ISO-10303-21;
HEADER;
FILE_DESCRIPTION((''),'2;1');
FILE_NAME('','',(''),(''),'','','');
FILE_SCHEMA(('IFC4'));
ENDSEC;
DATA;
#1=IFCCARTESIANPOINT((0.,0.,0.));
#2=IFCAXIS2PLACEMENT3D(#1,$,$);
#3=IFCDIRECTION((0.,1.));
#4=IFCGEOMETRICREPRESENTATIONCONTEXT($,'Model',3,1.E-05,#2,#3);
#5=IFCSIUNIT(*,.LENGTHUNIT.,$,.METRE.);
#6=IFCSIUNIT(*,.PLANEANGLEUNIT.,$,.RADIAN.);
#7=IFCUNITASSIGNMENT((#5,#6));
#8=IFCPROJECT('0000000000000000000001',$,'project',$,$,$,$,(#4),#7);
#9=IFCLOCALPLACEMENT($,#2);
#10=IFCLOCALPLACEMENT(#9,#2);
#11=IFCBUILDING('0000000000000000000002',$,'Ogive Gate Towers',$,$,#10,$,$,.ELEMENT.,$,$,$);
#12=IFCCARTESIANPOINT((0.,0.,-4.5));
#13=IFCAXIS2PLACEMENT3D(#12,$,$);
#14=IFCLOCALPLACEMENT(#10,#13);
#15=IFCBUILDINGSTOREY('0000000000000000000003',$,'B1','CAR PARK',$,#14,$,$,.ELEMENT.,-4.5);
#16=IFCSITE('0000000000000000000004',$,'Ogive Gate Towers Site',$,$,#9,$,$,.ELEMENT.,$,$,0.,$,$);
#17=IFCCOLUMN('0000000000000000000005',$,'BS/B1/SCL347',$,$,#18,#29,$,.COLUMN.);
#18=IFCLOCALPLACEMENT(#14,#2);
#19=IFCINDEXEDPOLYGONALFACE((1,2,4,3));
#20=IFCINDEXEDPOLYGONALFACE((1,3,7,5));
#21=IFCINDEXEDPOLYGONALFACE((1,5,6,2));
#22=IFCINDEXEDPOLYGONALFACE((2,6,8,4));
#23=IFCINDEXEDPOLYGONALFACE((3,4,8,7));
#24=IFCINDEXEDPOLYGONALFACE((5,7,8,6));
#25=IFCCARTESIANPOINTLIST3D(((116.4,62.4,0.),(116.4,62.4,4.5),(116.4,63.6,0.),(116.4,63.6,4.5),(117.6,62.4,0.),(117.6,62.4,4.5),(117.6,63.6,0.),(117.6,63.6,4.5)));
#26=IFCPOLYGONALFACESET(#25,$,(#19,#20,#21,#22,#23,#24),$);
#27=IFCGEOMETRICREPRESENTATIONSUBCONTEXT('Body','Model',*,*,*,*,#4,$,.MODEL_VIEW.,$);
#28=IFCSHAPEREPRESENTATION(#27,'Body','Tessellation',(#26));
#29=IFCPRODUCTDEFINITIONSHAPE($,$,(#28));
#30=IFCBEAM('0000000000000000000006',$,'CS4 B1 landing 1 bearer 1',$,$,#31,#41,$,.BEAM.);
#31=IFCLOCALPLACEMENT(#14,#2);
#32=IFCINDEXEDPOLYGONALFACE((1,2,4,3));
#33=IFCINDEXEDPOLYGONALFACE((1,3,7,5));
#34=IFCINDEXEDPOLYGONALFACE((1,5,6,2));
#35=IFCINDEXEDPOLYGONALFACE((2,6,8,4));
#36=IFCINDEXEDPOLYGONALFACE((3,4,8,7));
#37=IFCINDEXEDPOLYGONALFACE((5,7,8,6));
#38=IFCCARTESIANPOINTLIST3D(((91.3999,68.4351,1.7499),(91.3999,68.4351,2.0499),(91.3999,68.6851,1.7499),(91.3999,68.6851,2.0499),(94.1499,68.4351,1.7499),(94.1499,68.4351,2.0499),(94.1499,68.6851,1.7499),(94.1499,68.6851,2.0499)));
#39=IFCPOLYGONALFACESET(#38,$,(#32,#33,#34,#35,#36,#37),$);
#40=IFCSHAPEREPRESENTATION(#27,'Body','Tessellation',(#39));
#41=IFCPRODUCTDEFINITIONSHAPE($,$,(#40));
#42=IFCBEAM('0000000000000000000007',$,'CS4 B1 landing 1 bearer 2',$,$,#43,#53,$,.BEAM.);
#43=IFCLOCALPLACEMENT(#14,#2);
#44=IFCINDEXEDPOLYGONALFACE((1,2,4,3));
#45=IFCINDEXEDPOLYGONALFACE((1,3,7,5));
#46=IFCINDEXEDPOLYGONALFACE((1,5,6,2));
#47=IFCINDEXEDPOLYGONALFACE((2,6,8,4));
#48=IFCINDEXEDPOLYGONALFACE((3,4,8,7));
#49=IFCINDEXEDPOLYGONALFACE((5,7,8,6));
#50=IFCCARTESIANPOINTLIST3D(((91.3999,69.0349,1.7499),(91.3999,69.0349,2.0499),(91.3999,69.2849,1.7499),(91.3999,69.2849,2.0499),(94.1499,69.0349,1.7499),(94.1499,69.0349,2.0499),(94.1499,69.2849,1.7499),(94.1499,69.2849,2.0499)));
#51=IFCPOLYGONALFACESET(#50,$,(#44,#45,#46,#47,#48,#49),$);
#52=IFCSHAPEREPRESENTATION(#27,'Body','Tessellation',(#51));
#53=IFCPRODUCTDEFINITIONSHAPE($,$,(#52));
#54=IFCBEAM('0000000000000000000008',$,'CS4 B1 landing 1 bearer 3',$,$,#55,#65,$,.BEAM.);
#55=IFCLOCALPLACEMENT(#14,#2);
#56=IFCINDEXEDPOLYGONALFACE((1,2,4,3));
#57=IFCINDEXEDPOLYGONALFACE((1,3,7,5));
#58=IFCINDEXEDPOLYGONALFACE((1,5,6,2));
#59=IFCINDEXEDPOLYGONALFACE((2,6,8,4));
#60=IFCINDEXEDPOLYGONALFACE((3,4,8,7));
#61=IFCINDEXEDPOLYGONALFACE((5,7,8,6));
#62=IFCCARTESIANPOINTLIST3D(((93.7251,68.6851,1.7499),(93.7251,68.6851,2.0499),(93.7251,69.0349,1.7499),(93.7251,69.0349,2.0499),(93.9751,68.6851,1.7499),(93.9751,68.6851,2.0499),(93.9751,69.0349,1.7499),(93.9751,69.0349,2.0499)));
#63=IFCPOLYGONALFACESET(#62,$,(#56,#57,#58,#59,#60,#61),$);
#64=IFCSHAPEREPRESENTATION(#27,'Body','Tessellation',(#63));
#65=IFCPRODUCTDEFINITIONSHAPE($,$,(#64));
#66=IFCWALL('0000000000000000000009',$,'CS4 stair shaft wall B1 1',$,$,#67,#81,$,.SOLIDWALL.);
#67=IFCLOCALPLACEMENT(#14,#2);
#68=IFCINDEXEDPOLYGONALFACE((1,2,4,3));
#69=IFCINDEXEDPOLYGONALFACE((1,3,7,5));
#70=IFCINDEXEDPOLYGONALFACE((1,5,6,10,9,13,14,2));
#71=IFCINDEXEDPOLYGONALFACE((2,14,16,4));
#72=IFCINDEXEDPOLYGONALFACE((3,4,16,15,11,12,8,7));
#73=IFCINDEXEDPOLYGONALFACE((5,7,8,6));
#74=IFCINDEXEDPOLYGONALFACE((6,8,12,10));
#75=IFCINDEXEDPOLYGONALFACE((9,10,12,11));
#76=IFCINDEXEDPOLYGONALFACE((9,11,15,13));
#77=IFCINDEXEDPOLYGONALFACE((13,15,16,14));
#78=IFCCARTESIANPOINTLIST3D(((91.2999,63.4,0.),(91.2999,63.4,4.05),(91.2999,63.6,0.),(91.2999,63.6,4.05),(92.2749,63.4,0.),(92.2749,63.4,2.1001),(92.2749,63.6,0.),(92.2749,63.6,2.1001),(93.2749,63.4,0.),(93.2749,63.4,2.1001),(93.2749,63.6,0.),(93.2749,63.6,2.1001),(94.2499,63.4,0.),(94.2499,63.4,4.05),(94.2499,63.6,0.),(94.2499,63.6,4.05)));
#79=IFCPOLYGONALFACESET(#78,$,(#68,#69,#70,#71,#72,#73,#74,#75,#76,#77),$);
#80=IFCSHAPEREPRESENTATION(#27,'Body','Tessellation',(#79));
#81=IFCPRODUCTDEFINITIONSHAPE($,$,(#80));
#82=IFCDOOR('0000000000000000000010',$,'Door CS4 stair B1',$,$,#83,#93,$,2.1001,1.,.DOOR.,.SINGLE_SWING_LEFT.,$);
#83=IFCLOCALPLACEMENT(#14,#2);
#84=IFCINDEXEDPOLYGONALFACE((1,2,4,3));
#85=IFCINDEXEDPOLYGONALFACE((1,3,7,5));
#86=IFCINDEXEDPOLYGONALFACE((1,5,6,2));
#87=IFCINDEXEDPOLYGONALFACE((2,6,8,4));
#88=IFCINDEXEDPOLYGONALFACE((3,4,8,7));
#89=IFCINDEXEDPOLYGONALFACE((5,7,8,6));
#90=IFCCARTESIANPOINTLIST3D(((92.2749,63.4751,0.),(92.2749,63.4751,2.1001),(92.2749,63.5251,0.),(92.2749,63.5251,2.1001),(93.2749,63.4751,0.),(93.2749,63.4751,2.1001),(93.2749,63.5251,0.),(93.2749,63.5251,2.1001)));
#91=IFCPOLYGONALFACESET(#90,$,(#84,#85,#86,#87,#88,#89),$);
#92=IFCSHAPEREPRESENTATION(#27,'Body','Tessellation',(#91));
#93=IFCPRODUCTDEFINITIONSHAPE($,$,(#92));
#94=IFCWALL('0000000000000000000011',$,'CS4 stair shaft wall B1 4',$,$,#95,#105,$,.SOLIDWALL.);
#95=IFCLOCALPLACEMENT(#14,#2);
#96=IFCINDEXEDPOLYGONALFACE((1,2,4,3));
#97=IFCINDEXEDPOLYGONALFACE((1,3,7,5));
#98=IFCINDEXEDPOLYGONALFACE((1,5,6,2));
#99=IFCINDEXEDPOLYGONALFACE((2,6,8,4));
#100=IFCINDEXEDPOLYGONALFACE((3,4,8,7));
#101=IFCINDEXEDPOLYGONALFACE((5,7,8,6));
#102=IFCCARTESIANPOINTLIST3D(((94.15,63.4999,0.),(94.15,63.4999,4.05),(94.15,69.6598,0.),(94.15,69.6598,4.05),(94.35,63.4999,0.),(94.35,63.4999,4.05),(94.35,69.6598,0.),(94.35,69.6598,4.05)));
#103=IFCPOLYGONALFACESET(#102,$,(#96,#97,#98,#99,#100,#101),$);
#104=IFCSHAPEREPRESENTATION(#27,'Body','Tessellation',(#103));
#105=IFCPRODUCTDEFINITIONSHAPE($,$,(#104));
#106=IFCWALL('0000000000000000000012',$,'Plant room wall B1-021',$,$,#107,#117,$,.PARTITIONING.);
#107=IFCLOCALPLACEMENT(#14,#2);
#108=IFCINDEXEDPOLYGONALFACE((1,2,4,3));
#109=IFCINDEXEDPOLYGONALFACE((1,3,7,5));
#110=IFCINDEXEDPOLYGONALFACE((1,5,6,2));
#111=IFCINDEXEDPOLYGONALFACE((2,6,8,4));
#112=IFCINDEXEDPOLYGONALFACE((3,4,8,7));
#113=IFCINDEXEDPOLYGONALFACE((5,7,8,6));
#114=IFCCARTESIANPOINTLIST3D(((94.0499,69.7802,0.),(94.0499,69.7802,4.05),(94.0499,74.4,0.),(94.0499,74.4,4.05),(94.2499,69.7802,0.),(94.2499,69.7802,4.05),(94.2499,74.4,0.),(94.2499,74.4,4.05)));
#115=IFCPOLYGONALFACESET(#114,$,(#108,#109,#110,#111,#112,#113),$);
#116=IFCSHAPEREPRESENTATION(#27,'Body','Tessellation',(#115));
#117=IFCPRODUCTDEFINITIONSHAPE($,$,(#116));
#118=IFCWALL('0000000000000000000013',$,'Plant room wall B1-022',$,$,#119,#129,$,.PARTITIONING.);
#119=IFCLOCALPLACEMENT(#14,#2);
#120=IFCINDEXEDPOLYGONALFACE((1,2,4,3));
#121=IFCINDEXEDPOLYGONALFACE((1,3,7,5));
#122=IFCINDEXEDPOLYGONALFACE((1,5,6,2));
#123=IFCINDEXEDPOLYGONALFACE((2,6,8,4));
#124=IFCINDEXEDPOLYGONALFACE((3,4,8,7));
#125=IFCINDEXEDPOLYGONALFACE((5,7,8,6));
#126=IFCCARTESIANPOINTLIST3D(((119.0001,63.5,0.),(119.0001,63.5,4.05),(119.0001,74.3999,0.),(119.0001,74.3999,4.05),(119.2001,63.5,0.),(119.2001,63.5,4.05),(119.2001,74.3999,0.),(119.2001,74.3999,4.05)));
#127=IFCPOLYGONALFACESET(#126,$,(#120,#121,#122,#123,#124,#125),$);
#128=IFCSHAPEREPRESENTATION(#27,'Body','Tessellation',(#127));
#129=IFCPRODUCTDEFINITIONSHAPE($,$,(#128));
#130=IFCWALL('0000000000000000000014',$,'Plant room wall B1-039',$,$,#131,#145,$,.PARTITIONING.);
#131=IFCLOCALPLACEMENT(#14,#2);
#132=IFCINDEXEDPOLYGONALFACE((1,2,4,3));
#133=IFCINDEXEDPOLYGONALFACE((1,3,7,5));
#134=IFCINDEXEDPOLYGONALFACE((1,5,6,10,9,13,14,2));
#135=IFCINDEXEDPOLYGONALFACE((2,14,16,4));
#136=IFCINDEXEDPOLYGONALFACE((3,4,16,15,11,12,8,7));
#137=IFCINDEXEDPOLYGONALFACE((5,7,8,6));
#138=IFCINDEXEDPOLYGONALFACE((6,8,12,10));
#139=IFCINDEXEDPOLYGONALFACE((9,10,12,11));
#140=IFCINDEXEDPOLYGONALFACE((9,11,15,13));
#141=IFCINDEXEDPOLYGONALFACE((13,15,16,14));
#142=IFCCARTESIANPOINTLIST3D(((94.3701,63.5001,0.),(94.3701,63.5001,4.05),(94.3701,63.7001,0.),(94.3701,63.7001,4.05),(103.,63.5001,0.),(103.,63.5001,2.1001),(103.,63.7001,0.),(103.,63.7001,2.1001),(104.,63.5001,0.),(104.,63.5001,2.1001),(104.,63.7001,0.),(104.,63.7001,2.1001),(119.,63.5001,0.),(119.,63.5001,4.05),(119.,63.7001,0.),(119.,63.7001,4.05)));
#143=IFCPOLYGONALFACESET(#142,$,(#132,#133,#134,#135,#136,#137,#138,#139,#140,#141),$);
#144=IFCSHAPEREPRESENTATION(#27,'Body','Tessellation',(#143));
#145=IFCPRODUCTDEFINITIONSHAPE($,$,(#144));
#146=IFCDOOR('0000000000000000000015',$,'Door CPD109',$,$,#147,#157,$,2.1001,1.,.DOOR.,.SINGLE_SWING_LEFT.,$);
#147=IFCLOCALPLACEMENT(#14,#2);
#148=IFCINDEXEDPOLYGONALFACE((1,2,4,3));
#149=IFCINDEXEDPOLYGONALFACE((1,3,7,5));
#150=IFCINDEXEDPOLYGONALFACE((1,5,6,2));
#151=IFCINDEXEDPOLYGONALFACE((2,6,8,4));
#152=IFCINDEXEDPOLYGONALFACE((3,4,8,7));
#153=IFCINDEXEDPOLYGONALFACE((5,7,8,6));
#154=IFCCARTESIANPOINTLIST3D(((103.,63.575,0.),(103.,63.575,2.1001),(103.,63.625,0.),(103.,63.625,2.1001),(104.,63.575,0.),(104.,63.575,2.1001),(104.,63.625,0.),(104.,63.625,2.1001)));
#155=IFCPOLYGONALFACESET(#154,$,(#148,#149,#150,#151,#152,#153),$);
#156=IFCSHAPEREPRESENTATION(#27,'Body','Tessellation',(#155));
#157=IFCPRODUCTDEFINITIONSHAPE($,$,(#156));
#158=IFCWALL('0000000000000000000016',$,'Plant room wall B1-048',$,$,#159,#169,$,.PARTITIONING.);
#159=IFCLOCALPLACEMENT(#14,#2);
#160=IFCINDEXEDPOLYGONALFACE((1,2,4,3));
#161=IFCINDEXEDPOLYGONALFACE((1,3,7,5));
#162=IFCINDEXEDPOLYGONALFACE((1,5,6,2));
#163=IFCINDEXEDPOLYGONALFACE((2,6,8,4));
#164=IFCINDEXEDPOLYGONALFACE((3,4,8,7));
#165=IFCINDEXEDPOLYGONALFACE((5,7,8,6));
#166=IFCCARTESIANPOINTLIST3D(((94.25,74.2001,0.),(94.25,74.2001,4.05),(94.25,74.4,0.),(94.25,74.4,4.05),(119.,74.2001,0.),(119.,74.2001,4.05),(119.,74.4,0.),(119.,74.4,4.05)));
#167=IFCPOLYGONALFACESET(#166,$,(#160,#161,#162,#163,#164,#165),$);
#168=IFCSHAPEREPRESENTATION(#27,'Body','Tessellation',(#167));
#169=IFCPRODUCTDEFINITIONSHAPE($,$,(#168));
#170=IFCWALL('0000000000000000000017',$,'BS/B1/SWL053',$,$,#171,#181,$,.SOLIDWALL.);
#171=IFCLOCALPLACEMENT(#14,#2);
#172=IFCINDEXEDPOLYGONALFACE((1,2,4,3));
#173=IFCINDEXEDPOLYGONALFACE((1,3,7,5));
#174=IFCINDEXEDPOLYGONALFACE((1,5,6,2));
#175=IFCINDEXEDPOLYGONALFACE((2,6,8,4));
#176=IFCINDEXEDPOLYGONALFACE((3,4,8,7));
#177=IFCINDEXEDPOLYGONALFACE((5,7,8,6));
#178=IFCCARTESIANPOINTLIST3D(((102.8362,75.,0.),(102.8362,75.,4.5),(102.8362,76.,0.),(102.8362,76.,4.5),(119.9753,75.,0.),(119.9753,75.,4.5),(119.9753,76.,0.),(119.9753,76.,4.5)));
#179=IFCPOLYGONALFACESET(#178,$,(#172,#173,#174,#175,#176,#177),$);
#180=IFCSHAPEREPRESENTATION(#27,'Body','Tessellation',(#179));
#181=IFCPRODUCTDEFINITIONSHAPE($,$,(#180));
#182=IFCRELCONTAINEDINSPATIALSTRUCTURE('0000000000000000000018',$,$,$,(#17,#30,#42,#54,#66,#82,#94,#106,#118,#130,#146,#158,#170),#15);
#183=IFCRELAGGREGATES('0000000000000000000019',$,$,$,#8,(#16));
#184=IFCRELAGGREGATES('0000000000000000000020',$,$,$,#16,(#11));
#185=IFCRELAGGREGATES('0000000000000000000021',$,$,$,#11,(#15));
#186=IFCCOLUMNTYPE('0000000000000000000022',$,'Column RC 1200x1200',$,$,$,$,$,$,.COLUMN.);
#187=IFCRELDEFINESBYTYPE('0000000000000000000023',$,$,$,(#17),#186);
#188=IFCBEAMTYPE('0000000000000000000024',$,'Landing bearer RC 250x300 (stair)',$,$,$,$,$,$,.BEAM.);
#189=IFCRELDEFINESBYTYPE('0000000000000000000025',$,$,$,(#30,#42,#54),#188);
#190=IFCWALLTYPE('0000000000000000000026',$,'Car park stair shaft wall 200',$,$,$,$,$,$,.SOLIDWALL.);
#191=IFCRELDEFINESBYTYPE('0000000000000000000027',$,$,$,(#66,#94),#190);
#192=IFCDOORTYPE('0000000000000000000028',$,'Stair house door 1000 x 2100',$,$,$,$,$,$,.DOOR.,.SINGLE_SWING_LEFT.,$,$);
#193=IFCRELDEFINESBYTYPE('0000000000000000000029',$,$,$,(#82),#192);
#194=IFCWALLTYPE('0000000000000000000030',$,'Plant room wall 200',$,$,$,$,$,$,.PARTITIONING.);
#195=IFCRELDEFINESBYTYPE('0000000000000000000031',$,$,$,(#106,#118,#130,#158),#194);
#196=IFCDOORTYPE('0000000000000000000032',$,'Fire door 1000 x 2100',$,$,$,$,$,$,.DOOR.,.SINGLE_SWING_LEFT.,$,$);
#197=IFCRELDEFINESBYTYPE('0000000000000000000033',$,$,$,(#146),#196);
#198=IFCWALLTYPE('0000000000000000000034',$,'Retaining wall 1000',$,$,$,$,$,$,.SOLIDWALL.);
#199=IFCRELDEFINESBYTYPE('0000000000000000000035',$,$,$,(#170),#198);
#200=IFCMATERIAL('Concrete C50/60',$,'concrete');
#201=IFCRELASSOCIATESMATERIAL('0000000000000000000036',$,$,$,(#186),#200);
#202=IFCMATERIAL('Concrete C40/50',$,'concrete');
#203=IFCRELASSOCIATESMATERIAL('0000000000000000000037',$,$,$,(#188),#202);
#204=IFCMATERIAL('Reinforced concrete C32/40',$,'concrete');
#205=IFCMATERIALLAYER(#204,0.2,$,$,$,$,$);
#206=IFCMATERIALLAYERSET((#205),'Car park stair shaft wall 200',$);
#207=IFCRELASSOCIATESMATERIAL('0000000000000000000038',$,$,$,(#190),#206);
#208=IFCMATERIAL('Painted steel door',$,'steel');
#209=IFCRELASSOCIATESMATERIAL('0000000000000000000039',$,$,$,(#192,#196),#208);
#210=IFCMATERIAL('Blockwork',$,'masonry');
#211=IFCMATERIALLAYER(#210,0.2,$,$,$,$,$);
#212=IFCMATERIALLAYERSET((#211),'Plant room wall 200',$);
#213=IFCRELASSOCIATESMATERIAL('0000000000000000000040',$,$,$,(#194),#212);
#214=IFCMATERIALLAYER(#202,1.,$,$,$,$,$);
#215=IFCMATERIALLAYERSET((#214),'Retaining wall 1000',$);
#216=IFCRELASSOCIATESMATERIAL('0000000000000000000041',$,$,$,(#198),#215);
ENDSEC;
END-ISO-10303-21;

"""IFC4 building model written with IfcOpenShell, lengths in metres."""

from ifc_helpers import new_model, si_unit, direction, frame, frame_2d, origin, origin_2d, place, context, subcontext, project, spatial, rectangle, extrude, material, layer, layer_set, material_profile, profile_set, type_object, element, fill, save


model = new_model("IFC4")

# Units and contexts
model_context = context("Model", 3, precision=1e-05, world=origin(), true_north=direction((0.0, 1.0)))
body_context = subcontext(model_context, "Body", "Model", "MODEL_VIEW")
ifc_project = project(units=[si_unit("LENGTHUNIT", "METRE"), si_unit("PLANEANGLEUNIT", "RADIAN")], contexts=[model_context])

# Site, building, storey
site_placement = place(None, origin())
site = spatial("IfcSite", under=ifc_project, at=site_placement, Name="Ogive Gate Towers Site", CompositionType="ELEMENT", RefElevation=0.0)
building_placement = place(site_placement, origin())
building = spatial("IfcBuilding", under=site, at=building_placement, Name="Ogive Gate Towers", CompositionType="ELEMENT")
storey_placement = place(building_placement, frame((0.0, 0.0, -4.5)))
storey = spatial("IfcBuildingStorey", under=building, at=storey_placement, Name="B1", Description="CAR PARK", CompositionType="ELEMENT", Elevation=-4.5)

# Column
ifc_material_1 = material(Name="Concrete C50/60", Category="concrete")
ifc_material_profile_1 = material_profile(ifc_material_1, rectangle(XDim=1.2, YDim=1.2, at=origin_2d()), Name="RC 1200x1200")
ifc_profile_set_1 = profile_set([ifc_material_profile_1], Name="Concrete C50/60")
column_type = type_object("IfcColumnType", Name="Column RC 1200x1200", PredefinedType="COLUMN", material=ifc_profile_set_1)
column_placement = place(storey_placement, frame((117.0, 63.0, 0.0), z_axis=(0.0, 0.0, 1.0), x_axis=(1.0, 0.0, 0.0)))
element("IfcColumn", 1, at=column_placement, inside=storey, type_object=column_type, Name="BS/B1/SCL347", PredefinedType="COLUMN", context=body_context, shape_type="SweptSolid", body=[
    extrude(rectangle(XDim=1.2, YDim=1.2, at=origin_2d()), origin(), (0.0, 0.0, 1.0), 4.5),
])

# Beams
ifc_material_2 = material(Name="Concrete C40/50", Category="concrete")
ifc_material_profile_2 = material_profile(ifc_material_2, rectangle(XDim=0.25, YDim=0.3, at=origin_2d()), Name="RC 250x300")
ifc_profile_set_2 = profile_set([ifc_material_profile_2], Name="Concrete C40/50")
beam_type = type_object("IfcBeamType", Name="Landing bearer RC 250x300 (stair)", PredefinedType="BEAM", material=ifc_profile_set_2)
for number, where, z_axis, x_axis, name in (
    (2, (94.1499, 68.5601, 1.8999), (-1.0, 0.0, 0.0), (0.0, -1.0, 0.0), "CS4 B1 landing 1 bearer 1"),
    (3, (94.1499, 69.1599, 1.8999), (-1.0, 0.0, 0.0), (0.0, -1.0, 0.0), "CS4 B1 landing 1 bearer 2"),
):
    element("IfcBeam", number, at=place(storey_placement, frame(where, z_axis=z_axis, x_axis=x_axis)), inside=storey, type_object=beam_type, Name=name, PredefinedType="BEAM", context=body_context, shape_type="SweptSolid", body=[
        extrude(rectangle(XDim=0.25, YDim=0.3, at=origin_2d()), origin(), (0.0, 0.0, 1.0), 2.75),
    ])
beam_placement = place(storey_placement, frame((93.8501, 68.6851, 1.8999), z_axis=(0.0, 1.0, 0.0), x_axis=(-1.0, 0.0, 0.0)))
element("IfcBeam", 4, at=beam_placement, inside=storey, type_object=beam_type, Name="CS4 B1 landing 1 bearer 3", PredefinedType="BEAM", context=body_context, shape_type="SweptSolid", body=[
    extrude(rectangle(XDim=0.25, YDim=0.3, at=origin_2d()), origin(), (0.0, 0.0, 1.0), 0.3499),
])

# Wall, opening, door
ifc_material_3 = material(Name="Reinforced concrete C32/40", Category="concrete")
ifc_layer_1 = layer(ifc_material_3, 0.2)
ifc_layer_set_1 = layer_set([ifc_layer_1], Name="Car park stair shaft wall 200")
wall_type_1 = type_object("IfcWallType", Name="Car park stair shaft wall 200", PredefinedType="SOLIDWALL", material=ifc_layer_set_1)
wall_1_placement = place(storey_placement, frame((94.25, 63.5, 0.0), z_axis=(0.0, 0.0, 1.0), x_axis=(-1.0, 0.0, 0.0)))
wall_1 = element("IfcWall", 5, at=wall_1_placement, inside=storey, type_object=wall_type_1, Name="CS4 stair shaft wall B1 1", PredefinedType="SOLIDWALL", context=body_context, shape_type="SweptSolid", body=[
    extrude(rectangle(XDim=2.95, YDim=0.2, at=frame_2d((1.4751, 0.0))), origin(), (0.0, 0.0, 1.0), 4.05),
])
opening_1_placement = place(wall_1_placement, frame((0.9751, 0.0, 0.0)))
opening_1 = element("IfcOpeningElement", 6, at=opening_1_placement, cuts=wall_1, PredefinedType="OPENING", context=body_context, shape_type="SweptSolid", body=[
    extrude(rectangle(XDim=1.0, YDim=2.1001, at=frame_2d((0.5, 1.05))), frame((0.0, 0.1099, 0.0), z_axis=(0.0, -1.0, 0.0), x_axis=(1.0, 0.0, 0.0)), (0.0, 0.0, 1.0), 0.22),
])
ifc_material_4 = material(Name="Painted steel door", Category="steel")
door_type_1 = type_object("IfcDoorType", Name="Stair house door 1000 x 2100", OperationType="SINGLE_SWING_LEFT", PredefinedType="DOOR", material=ifc_material_4)
door_1_placement = place(opening_1_placement, origin())
door_1 = element("IfcDoor", 7, at=door_1_placement, inside=storey, type_object=door_type_1, Name="Door CS4 stair B1", OperationType="SINGLE_SWING_LEFT", OverallHeight=2.1001, OverallWidth=1.0, PredefinedType="DOOR", context=body_context, shape_type="SweptSolid", body=[
    extrude(rectangle(XDim=1.0, YDim=2.1001, at=frame_2d((0.5, 1.05))), frame((0.0, 0.0249, 0.0), z_axis=(0.0, -1.0, 0.0), x_axis=(1.0, 0.0, 0.0)), (0.0, 0.0, 1.0), 0.05),
])
fill(opening_1, door_1)

# Walls
wall_2_placement = place(storey_placement, frame((94.25, 69.6599, 0.0), z_axis=(0.0, 0.0, 1.0), x_axis=(0.0, -1.0, 0.0)))
element("IfcWall", 8, at=wall_2_placement, inside=storey, type_object=wall_type_1, Name="CS4 stair shaft wall B1 4", PredefinedType="SOLIDWALL", context=body_context, shape_type="SweptSolid", body=[
    extrude(rectangle(XDim=6.1599, YDim=0.2, at=frame_2d((3.0801, 0.0))), origin(), (0.0, 0.0, 1.0), 4.05),
])
ifc_material_5 = material(Name="Blockwork", Category="masonry")
ifc_layer_2 = layer(ifc_material_5, 0.2)
ifc_layer_set_2 = layer_set([ifc_layer_2], Name="Plant room wall 200")
wall_type_2 = type_object("IfcWallType", Name="Plant room wall 200", PredefinedType="PARTITIONING", material=ifc_layer_set_2)
wall_3_placement = place(storey_placement, frame((94.1499, 69.78, 0.0), z_axis=(0.0, 0.0, 1.0), x_axis=(0.0, 1.0, 0.0)))
element("IfcWall", 9, at=wall_3_placement, inside=storey, type_object=wall_type_2, Name="Plant room wall B1-021", PredefinedType="PARTITIONING", context=body_context, shape_type="SweptSolid", body=[
    extrude(rectangle(XDim=4.6199, YDim=0.2, at=frame_2d((2.3101, 0.0))), origin(), (0.0, 0.0, 1.0), 4.05),
])
wall_4_placement = place(storey_placement, frame((119.1001, 63.5, 0.0), z_axis=(0.0, 0.0, 1.0), x_axis=(0.0, 1.0, 0.0)))
element("IfcWall", 10, at=wall_4_placement, inside=storey, type_object=wall_type_2, Name="Plant room wall B1-022", PredefinedType="PARTITIONING", context=body_context, shape_type="SweptSolid", body=[
    extrude(rectangle(XDim=10.8999, YDim=0.2, at=frame_2d((5.45, 0.0))), origin(), (0.0, 0.0, 1.0), 4.05),
])

# Wall, opening, door
wall_5_placement = place(storey_placement, frame((94.3701, 63.6001, 0.0), z_axis=(0.0, 0.0, 1.0), x_axis=(1.0, 0.0, 0.0)))
wall_5 = element("IfcWall", 11, at=wall_5_placement, inside=storey, type_object=wall_type_2, Name="Plant room wall B1-039", PredefinedType="PARTITIONING", context=body_context, shape_type="SweptSolid", body=[
    extrude(rectangle(XDim=24.6299, YDim=0.2, at=frame_2d((12.3149, 0.0))), origin(), (0.0, 0.0, 1.0), 4.05),
])
opening_2_placement = place(wall_5_placement, frame((8.6299, 0.0, 0.0)))
opening_2 = element("IfcOpeningElement", 12, at=opening_2_placement, cuts=wall_5, PredefinedType="OPENING", context=body_context, shape_type="SweptSolid", body=[
    extrude(rectangle(XDim=1.0, YDim=2.1001, at=frame_2d((0.5, 1.05))), frame((0.0, 0.1099, 0.0), z_axis=(0.0, -1.0, 0.0), x_axis=(1.0, 0.0, 0.0)), (0.0, 0.0, 1.0), 0.22),
])
door_type_2 = type_object("IfcDoorType", Name="Fire door 1000 x 2100", OperationType="SINGLE_SWING_LEFT", PredefinedType="DOOR", material=ifc_material_4)
door_2_placement = place(opening_2_placement, origin())
door_2 = element("IfcDoor", 13, at=door_2_placement, inside=storey, type_object=door_type_2, Name="Door CPD109", OperationType="SINGLE_SWING_LEFT", OverallHeight=2.1001, OverallWidth=1.0, PredefinedType="DOOR", context=body_context, shape_type="SweptSolid", body=[
    extrude(rectangle(XDim=1.0, YDim=2.1001, at=frame_2d((0.5, 1.05))), frame((0.0, 0.0249, 0.0), z_axis=(0.0, -1.0, 0.0), x_axis=(1.0, 0.0, 0.0)), (0.0, 0.0, 1.0), 0.05),
])
fill(opening_2, door_2)

# Walls
wall_6_placement = place(storey_placement, frame((94.25, 74.3, 0.0), z_axis=(0.0, 0.0, 1.0), x_axis=(1.0, 0.0, 0.0)))
element("IfcWall", 14, at=wall_6_placement, inside=storey, type_object=wall_type_2, Name="Plant room wall B1-048", PredefinedType="PARTITIONING", context=body_context, shape_type="SweptSolid", body=[
    extrude(rectangle(XDim=24.75, YDim=0.2, at=frame_2d((12.375, 0.0))), origin(), (0.0, 0.0, 1.0), 4.05),
])
ifc_layer_3 = layer(ifc_material_2, 1.0)
ifc_layer_set_3 = layer_set([ifc_layer_3], Name="Retaining wall 1000")
wall_type_3 = type_object("IfcWallType", Name="Retaining wall 1000", PredefinedType="SOLIDWALL", material=ifc_layer_set_3)
wall_7_placement = place(storey_placement, frame((102.8362, 75.5, 0.0), z_axis=(0.0, 0.0, 1.0), x_axis=(1.0, 0.0, 0.0)))
element("IfcWall", 15, at=wall_7_placement, inside=storey, type_object=wall_type_3, Name="BS/B1/SWL053", PredefinedType="SOLIDWALL", context=body_context, shape_type="SweptSolid", body=[
    extrude(rectangle(XDim=17.1392, YDim=1.0, at=frame_2d((8.5696, 0.0))), origin(), (0.0, 0.0, 1.0), 4.5),
])

save(model, "model.ifc")
